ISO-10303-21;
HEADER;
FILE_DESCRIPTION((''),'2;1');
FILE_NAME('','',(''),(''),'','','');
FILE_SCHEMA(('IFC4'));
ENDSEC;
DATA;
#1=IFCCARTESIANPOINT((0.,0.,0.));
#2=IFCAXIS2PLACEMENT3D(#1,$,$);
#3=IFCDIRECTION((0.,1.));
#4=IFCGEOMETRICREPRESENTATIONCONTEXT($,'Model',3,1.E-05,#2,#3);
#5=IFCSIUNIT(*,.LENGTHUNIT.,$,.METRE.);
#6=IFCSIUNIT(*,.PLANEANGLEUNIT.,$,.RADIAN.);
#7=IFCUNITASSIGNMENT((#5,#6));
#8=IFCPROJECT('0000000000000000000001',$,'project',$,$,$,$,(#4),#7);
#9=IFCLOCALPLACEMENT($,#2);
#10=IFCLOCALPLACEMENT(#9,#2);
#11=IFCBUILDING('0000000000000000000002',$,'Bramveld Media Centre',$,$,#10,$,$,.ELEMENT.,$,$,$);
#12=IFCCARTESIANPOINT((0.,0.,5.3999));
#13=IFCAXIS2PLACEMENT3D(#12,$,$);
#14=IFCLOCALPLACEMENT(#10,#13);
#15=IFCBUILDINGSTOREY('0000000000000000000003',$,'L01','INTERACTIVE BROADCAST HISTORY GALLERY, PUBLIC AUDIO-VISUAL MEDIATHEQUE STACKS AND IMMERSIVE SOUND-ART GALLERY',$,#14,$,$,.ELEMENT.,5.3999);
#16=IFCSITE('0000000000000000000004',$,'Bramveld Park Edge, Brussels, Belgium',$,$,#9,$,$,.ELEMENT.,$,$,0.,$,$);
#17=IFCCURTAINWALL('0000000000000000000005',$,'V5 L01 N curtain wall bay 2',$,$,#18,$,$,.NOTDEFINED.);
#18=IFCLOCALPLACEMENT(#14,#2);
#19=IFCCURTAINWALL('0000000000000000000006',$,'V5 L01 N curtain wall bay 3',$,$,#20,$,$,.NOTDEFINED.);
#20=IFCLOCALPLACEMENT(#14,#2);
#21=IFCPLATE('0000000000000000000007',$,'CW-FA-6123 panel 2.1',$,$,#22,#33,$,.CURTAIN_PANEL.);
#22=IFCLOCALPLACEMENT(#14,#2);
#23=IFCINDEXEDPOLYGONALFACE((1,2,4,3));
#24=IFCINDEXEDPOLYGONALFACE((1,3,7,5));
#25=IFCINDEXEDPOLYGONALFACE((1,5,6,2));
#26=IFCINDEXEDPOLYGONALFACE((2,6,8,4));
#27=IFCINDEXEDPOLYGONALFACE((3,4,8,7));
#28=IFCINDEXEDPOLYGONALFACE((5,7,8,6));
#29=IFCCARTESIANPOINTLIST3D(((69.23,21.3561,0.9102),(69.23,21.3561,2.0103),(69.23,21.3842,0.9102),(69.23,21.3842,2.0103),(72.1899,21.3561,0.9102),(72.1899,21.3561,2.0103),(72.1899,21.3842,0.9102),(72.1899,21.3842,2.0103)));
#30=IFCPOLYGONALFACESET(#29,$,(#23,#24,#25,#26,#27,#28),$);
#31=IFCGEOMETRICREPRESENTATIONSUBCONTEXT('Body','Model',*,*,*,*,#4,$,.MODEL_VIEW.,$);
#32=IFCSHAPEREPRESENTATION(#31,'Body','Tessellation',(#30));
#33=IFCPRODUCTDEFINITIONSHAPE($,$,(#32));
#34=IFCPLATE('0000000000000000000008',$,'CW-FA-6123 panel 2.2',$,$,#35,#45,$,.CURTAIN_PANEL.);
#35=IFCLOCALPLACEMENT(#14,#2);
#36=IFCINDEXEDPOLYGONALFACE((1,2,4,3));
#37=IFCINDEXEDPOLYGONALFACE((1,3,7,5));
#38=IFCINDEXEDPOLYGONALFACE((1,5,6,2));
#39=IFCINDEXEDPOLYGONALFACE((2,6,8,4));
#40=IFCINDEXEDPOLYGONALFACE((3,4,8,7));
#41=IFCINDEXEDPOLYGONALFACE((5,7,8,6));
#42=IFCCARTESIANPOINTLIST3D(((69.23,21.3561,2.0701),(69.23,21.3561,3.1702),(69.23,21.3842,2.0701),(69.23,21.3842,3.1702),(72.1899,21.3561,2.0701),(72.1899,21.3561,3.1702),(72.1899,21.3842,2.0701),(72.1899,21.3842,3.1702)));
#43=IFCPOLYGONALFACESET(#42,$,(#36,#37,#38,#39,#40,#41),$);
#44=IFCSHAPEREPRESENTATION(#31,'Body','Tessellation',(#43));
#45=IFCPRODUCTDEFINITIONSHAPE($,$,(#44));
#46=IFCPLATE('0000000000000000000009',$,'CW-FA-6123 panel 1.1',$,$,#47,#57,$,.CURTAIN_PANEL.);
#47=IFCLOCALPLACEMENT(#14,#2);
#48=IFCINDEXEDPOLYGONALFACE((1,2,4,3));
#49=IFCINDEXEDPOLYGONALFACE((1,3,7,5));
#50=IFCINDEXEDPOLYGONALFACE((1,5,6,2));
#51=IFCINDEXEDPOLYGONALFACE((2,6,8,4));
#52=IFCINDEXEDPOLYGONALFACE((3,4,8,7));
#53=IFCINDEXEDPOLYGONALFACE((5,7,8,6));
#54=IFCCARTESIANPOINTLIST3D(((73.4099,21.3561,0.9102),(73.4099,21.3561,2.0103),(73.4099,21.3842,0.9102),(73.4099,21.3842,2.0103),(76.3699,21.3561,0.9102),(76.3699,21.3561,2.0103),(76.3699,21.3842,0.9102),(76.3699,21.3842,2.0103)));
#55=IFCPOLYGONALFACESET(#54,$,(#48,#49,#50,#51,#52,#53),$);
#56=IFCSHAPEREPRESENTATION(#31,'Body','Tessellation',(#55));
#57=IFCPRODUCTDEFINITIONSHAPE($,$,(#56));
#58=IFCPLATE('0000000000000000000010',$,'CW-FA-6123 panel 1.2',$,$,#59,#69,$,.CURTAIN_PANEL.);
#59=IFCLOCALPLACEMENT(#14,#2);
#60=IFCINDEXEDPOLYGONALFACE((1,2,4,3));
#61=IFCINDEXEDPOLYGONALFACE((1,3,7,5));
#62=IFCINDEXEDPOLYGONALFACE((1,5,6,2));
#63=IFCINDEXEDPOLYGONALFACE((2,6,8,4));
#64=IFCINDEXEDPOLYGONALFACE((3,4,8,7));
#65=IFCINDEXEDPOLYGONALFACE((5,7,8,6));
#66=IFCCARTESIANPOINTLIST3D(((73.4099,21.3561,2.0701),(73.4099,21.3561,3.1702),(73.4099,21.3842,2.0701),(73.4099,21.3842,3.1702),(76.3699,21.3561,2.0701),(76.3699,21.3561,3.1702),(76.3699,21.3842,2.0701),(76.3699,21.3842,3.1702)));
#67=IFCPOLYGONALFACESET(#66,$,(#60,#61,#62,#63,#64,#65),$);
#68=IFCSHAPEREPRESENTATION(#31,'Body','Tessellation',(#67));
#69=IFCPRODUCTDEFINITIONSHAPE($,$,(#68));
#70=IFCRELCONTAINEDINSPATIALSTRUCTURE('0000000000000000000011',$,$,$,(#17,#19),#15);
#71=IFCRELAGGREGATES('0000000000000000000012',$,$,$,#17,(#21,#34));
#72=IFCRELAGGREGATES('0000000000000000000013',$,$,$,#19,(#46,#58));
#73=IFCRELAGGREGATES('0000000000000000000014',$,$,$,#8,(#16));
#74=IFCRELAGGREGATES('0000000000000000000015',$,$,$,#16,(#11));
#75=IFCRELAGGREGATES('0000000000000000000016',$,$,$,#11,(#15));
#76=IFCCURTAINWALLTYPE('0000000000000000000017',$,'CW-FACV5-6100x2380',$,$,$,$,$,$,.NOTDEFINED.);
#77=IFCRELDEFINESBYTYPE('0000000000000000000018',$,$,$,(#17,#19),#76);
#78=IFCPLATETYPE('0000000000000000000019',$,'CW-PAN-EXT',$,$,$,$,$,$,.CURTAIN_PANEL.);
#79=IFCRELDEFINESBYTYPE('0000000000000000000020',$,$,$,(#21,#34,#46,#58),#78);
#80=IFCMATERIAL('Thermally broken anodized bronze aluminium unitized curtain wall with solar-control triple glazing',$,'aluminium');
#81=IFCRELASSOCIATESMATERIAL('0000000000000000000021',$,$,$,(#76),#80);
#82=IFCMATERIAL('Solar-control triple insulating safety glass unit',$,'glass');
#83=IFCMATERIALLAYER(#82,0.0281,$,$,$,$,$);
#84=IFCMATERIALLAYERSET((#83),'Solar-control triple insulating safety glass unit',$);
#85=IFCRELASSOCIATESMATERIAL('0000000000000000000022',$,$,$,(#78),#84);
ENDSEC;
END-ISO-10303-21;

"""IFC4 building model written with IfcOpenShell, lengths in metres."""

from ifc_helpers import new_model, si_unit, direction, frame, origin, origin_2d, place, context, subcontext, project, spatial, rectangle, extrude, material, layer, layer_set, type_object, element, aggregate, save


model = new_model("IFC4")

# Units and contexts
model_context = context("Model", 3, precision=1e-05, world=origin(), true_north=direction((0.0, 1.0)))
body_context = subcontext(model_context, "Body", "Model", "MODEL_VIEW")
ifc_project = project(units=[si_unit("LENGTHUNIT", "METRE"), si_unit("PLANEANGLEUNIT", "RADIAN")], contexts=[model_context])

# Site, building, storey
site_placement = place(None, origin())
site = spatial("IfcSite", under=ifc_project, at=site_placement, Name="Bramveld Park Edge, Brussels, Belgium", CompositionType="ELEMENT", RefElevation=0.0)
building_placement = place(site_placement, origin())
building = spatial("IfcBuilding", under=site, at=building_placement, Name="Bramveld Media Centre", CompositionType="ELEMENT")
storey_placement = place(building_placement, frame((0.0, 0.0, 5.3999)))
storey = spatial("IfcBuildingStorey", under=building, at=storey_placement, Name="L01", Description="INTERACTIVE BROADCAST HISTORY GALLERY, PUBLIC AUDIO-VISUAL MEDIATHEQUE STACKS AND IMMERSIVE SOUND-ART GALLERY", CompositionType="ELEMENT", Elevation=5.3999)

# Curtain wall
ifc_material_1 = material(Name="Thermally broken anodized bronze aluminium unitized curtain wall with solar-control triple glazing", Category="aluminium")
curtain_wall_type = type_object("IfcCurtainWallType", Name="CW-FACV5-6100x2380", PredefinedType="NOTDEFINED", material=ifc_material_1)
curtain_wall_1_placement = place(storey_placement, origin())
curtain_wall_1 = element("IfcCurtainWall", 1, at=curtain_wall_1_placement, inside=storey, type_object=curtain_wall_type, Name="V5 L01 N curtain wall bay 2", PredefinedType="NOTDEFINED")

# Curtain wall
curtain_wall_2_placement = place(storey_placement, origin())
curtain_wall_2 = element("IfcCurtainWall", 2, at=curtain_wall_2_placement, inside=storey, type_object=curtain_wall_type, Name="V5 L01 N curtain wall bay 3", PredefinedType="NOTDEFINED")

# Plates
ifc_material_2 = material(Name="Solar-control triple insulating safety glass unit", Category="glass")
ifc_layer = layer(ifc_material_2, 0.0281)
ifc_layer_set = layer_set([ifc_layer], Name="Solar-control triple insulating safety glass unit")
plate_type = type_object("IfcPlateType", Name="CW-PAN-EXT", PredefinedType="CURTAIN_PANEL", material=ifc_layer_set)
plate_1_placement = place(storey_placement, frame((70.71, 21.3701, 0.9102), z_axis=(0.0, 0.0, 1.0), x_axis=(1.0, 0.0, 0.0)))
plate_1 = element("IfcPlate", 3, at=plate_1_placement, type_object=plate_type, Name="CW-FA-6123 panel 2.1", PredefinedType="CURTAIN_PANEL", context=body_context, shape_type="SweptSolid", body=[
    extrude(rectangle(XDim=2.96, YDim=0.0281, at=origin_2d()), origin(), (0.0, 0.0, 1.0), 1.1001),
])
plate_2_placement = place(storey_placement, frame((70.71, 21.3701, 2.0701), z_axis=(0.0, 0.0, 1.0), x_axis=(1.0, 0.0, 0.0)))
plate_2 = element("IfcPlate", 4, at=plate_2_placement, type_object=plate_type, Name="CW-FA-6123 panel 2.2", PredefinedType="CURTAIN_PANEL", context=body_context, shape_type="SweptSolid", body=[
    extrude(rectangle(XDim=2.96, YDim=0.0281, at=origin_2d()), origin(), (0.0, 0.0, 1.0), 1.1001),
])
aggregate(curtain_wall_1, [plate_1, plate_2])
plate_3_placement = place(storey_placement, frame((74.8899, 21.3701, 0.9102), z_axis=(0.0, 0.0, 1.0), x_axis=(1.0, 0.0, 0.0)))
plate_3 = element("IfcPlate", 5, at=plate_3_placement, type_object=plate_type, Name="CW-FA-6123 panel 1.1", PredefinedType="CURTAIN_PANEL", context=body_context, shape_type="SweptSolid", body=[
    extrude(rectangle(XDim=2.96, YDim=0.0281, at=origin_2d()), origin(), (0.0, 0.0, 1.0), 1.1001),
])
plate_4_placement = place(storey_placement, frame((74.8899, 21.3701, 2.0701), z_axis=(0.0, 0.0, 1.0), x_axis=(1.0, 0.0, 0.0)))
plate_4 = element("IfcPlate", 6, at=plate_4_placement, type_object=plate_type, Name="CW-FA-6123 panel 1.2", PredefinedType="CURTAIN_PANEL", context=body_context, shape_type="SweptSolid", body=[
    extrude(rectangle(XDim=2.96, YDim=0.0281, at=origin_2d()), origin(), (0.0, 0.0, 1.0), 1.1001),
])
aggregate(curtain_wall_2, [plate_3, plate_4])

save(model, "model.ifc")
